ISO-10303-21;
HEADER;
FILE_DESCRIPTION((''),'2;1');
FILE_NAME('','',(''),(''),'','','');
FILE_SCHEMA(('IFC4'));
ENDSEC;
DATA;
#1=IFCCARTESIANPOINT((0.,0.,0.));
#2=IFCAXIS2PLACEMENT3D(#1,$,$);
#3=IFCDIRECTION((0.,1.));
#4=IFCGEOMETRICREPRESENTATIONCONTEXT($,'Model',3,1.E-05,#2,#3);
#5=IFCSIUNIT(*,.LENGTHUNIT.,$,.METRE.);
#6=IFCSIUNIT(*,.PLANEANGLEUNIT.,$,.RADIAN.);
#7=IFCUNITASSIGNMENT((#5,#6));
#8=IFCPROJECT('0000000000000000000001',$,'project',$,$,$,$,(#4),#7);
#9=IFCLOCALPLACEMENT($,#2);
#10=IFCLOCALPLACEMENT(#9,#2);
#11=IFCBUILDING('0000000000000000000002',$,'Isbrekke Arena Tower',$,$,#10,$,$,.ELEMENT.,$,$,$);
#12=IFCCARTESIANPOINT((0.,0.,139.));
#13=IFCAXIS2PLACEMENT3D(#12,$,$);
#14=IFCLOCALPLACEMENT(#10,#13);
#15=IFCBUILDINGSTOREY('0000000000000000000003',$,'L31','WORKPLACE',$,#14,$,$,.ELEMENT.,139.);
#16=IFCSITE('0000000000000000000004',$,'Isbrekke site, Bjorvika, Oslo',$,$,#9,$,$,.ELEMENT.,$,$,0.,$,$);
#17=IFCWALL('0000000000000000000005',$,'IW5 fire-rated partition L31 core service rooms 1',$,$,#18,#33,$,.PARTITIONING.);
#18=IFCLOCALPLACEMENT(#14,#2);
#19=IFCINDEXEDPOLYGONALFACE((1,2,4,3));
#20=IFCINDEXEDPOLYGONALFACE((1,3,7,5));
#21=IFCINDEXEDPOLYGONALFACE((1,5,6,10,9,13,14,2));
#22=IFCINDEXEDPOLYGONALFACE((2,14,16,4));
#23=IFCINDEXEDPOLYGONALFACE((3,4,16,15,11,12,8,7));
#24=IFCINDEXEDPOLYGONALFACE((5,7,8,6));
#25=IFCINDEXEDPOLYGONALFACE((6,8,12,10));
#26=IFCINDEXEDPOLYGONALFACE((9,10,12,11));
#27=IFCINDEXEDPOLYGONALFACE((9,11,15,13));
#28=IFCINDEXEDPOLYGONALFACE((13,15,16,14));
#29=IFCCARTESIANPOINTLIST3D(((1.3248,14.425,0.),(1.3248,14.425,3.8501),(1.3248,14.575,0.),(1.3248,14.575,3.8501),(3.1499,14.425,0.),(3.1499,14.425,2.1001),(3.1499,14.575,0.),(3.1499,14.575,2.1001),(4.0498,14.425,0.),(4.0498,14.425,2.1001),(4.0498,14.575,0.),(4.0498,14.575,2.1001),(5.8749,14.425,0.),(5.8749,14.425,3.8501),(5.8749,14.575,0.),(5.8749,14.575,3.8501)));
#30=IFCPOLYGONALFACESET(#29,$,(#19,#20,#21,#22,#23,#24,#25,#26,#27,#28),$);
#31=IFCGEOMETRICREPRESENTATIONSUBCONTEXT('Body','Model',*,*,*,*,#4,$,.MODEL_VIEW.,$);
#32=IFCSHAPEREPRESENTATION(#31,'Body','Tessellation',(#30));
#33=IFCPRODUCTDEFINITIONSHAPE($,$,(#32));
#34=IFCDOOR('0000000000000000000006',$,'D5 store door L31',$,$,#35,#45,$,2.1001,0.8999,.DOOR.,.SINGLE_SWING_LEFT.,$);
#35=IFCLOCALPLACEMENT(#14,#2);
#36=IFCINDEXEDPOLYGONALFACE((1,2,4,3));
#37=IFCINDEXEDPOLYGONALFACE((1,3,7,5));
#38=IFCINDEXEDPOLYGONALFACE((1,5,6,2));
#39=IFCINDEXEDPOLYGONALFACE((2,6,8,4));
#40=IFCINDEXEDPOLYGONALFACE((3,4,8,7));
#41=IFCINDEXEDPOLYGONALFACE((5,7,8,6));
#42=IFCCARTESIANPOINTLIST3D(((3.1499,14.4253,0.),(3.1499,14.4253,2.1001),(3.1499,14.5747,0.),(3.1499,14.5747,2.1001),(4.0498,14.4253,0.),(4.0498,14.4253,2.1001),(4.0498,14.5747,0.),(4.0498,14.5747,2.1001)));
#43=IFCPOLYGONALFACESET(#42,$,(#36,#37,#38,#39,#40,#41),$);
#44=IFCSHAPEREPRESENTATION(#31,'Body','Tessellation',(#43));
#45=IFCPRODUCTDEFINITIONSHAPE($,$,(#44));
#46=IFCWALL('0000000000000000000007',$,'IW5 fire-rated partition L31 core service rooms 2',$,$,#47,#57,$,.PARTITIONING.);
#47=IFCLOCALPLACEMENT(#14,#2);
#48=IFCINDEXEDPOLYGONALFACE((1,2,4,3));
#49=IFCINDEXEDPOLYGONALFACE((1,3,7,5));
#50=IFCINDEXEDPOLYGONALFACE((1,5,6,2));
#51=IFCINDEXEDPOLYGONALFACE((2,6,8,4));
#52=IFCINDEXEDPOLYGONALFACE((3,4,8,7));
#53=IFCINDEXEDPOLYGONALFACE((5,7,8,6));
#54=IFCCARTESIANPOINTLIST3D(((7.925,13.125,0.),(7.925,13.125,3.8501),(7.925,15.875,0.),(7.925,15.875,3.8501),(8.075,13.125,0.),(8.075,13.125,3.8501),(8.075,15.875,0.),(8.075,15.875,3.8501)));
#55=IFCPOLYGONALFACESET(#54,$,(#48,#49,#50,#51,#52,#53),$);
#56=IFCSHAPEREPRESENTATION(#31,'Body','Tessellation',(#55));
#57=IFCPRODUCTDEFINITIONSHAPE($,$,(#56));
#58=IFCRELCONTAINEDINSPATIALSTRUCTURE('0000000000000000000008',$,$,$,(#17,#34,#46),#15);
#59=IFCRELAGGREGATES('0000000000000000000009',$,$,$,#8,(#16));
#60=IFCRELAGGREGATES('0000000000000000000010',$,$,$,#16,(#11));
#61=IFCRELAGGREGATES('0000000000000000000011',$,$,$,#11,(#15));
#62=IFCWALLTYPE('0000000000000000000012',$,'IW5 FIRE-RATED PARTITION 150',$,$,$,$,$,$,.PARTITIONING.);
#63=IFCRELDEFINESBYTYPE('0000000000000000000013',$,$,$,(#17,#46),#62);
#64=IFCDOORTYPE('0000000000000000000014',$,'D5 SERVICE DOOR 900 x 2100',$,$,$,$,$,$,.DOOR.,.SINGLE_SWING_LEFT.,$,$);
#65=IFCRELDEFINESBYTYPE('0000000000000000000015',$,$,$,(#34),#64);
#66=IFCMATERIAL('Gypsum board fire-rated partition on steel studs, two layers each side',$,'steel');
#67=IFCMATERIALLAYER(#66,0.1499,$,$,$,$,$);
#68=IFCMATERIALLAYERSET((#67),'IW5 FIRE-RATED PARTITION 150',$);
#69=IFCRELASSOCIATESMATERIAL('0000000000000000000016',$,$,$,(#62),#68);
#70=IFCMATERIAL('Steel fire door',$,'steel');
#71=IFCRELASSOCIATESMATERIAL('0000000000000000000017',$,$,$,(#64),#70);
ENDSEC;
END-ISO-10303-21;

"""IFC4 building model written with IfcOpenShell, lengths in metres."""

from ifc_helpers import new_model, si_unit, direction, frame, frame_2d, origin, place, context, subcontext, project, spatial, rectangle, extrude, material, layer, layer_set, type_object, element, fill, save


model = new_model("IFC4")

# Units and contexts
model_context = context("Model", 3, precision=1e-05, world=origin(), true_north=direction((0.0, 1.0)))
body_context = subcontext(model_context, "Body", "Model", "MODEL_VIEW")
ifc_project = project(units=[si_unit("LENGTHUNIT", "METRE"), si_unit("PLANEANGLEUNIT", "RADIAN")], contexts=[model_context])

# Site, building, storey
site_placement = place(None, origin())
site = spatial("IfcSite", under=ifc_project, at=site_placement, Name="Isbrekke site, Bjorvika, Oslo", CompositionType="ELEMENT", RefElevation=0.0)
building_placement = place(site_placement, origin())
building = spatial("IfcBuilding", under=site, at=building_placement, Name="Isbrekke Arena Tower", CompositionType="ELEMENT")
storey_placement = place(building_placement, frame((0.0, 0.0, 139.0)))
storey = spatial("IfcBuildingStorey", under=building, at=storey_placement, Name="L31", Description="WORKPLACE", CompositionType="ELEMENT", Elevation=139.0)

# Wall, opening, door
ifc_material_1 = material(Name="Gypsum board fire-rated partition on steel studs, two layers each side", Category="steel")
ifc_layer_1 = layer(ifc_material_1, 0.1499)
ifc_layer_set_1 = layer_set([ifc_layer_1], Name="IW5 FIRE-RATED PARTITION 150")
wall_type_1 = type_object("IfcWallType", Name="IW5 FIRE-RATED PARTITION 150", PredefinedType="PARTITIONING", material=ifc_layer_set_1)
wall_1_placement = place(storey_placement, frame((1.325, 14.5, 0.0), z_axis=(0.0, 0.0, 1.0), x_axis=(1.0, 0.0, 0.0)))
wall_1 = element("IfcWall", 1, at=wall_1_placement, inside=storey, type_object=wall_type_1, Name="IW5 fire-rated partition L31 core service rooms 1", PredefinedType="PARTITIONING", context=body_context, shape_type="SweptSolid", body=[
    extrude(rectangle(XDim=4.55, YDim=0.1499, at=frame_2d((2.2749, 0.0))), origin(), (0.0, 0.0, 1.0), 3.8501),
])
opening_1_placement = place(wall_1_placement, frame((1.825, 0.0, 0.0)))
opening_1 = element("IfcOpeningElement", 2, at=opening_1_placement, cuts=wall_1, PredefinedType="OPENING", context=body_context, shape_type="SweptSolid", body=[
    extrude(rectangle(XDim=0.8999, YDim=2.1001, at=frame_2d((0.45, 1.05))), frame((0.0, 0.0898, 0.0), z_axis=(0.0, -1.0, 0.0), x_axis=(1.0, 0.0, 0.0)), (0.0, 0.0, 1.0), 0.1797),
])
ifc_material_2 = material(Name="Steel fire door", Category="steel")
door_type_1 = type_object("IfcDoorType", Name="D5 SERVICE DOOR 900 x 2100", OperationType="SINGLE_SWING_LEFT", PredefinedType="DOOR", material=ifc_material_2)
door_1_placement = place(opening_1_placement, origin())
door_1 = element("IfcDoor", 3, at=door_1_placement, inside=storey, type_object=door_type_1, Name="D5 store door L31", OperationType="SINGLE_SWING_LEFT", OverallHeight=2.1001, OverallWidth=0.8999, PredefinedType="DOOR", context=body_context, shape_type="SweptSolid", body=[
    extrude(rectangle(XDim=0.8999, YDim=2.1001, at=frame_2d((0.45, 1.05))), frame((0.0, 0.0747, 0.0), z_axis=(0.0, -1.0, 0.0), x_axis=(1.0, 0.0, 0.0)), (0.0, 0.0, 1.0), 0.1494),
])
fill(opening_1, door_1)

# Wall
wall_2_placement = place(storey_placement, frame((8.0, 13.125, 0.0), z_axis=(0.0, 0.0, 1.0), x_axis=(0.0, 1.0, 0.0)))
element("IfcWall", 4, at=wall_2_placement, inside=storey, type_object=wall_type_1, Name="IW5 fire-rated partition L31 core service rooms 2", PredefinedType="PARTITIONING", context=body_context, shape_type="SweptSolid", body=[
    extrude(rectangle(XDim=2.75, YDim=0.1499, at=frame_2d((1.375, 0.0))), origin(), (0.0, 0.0, 1.0), 3.8501),
])

save(model, "model.ifc")
